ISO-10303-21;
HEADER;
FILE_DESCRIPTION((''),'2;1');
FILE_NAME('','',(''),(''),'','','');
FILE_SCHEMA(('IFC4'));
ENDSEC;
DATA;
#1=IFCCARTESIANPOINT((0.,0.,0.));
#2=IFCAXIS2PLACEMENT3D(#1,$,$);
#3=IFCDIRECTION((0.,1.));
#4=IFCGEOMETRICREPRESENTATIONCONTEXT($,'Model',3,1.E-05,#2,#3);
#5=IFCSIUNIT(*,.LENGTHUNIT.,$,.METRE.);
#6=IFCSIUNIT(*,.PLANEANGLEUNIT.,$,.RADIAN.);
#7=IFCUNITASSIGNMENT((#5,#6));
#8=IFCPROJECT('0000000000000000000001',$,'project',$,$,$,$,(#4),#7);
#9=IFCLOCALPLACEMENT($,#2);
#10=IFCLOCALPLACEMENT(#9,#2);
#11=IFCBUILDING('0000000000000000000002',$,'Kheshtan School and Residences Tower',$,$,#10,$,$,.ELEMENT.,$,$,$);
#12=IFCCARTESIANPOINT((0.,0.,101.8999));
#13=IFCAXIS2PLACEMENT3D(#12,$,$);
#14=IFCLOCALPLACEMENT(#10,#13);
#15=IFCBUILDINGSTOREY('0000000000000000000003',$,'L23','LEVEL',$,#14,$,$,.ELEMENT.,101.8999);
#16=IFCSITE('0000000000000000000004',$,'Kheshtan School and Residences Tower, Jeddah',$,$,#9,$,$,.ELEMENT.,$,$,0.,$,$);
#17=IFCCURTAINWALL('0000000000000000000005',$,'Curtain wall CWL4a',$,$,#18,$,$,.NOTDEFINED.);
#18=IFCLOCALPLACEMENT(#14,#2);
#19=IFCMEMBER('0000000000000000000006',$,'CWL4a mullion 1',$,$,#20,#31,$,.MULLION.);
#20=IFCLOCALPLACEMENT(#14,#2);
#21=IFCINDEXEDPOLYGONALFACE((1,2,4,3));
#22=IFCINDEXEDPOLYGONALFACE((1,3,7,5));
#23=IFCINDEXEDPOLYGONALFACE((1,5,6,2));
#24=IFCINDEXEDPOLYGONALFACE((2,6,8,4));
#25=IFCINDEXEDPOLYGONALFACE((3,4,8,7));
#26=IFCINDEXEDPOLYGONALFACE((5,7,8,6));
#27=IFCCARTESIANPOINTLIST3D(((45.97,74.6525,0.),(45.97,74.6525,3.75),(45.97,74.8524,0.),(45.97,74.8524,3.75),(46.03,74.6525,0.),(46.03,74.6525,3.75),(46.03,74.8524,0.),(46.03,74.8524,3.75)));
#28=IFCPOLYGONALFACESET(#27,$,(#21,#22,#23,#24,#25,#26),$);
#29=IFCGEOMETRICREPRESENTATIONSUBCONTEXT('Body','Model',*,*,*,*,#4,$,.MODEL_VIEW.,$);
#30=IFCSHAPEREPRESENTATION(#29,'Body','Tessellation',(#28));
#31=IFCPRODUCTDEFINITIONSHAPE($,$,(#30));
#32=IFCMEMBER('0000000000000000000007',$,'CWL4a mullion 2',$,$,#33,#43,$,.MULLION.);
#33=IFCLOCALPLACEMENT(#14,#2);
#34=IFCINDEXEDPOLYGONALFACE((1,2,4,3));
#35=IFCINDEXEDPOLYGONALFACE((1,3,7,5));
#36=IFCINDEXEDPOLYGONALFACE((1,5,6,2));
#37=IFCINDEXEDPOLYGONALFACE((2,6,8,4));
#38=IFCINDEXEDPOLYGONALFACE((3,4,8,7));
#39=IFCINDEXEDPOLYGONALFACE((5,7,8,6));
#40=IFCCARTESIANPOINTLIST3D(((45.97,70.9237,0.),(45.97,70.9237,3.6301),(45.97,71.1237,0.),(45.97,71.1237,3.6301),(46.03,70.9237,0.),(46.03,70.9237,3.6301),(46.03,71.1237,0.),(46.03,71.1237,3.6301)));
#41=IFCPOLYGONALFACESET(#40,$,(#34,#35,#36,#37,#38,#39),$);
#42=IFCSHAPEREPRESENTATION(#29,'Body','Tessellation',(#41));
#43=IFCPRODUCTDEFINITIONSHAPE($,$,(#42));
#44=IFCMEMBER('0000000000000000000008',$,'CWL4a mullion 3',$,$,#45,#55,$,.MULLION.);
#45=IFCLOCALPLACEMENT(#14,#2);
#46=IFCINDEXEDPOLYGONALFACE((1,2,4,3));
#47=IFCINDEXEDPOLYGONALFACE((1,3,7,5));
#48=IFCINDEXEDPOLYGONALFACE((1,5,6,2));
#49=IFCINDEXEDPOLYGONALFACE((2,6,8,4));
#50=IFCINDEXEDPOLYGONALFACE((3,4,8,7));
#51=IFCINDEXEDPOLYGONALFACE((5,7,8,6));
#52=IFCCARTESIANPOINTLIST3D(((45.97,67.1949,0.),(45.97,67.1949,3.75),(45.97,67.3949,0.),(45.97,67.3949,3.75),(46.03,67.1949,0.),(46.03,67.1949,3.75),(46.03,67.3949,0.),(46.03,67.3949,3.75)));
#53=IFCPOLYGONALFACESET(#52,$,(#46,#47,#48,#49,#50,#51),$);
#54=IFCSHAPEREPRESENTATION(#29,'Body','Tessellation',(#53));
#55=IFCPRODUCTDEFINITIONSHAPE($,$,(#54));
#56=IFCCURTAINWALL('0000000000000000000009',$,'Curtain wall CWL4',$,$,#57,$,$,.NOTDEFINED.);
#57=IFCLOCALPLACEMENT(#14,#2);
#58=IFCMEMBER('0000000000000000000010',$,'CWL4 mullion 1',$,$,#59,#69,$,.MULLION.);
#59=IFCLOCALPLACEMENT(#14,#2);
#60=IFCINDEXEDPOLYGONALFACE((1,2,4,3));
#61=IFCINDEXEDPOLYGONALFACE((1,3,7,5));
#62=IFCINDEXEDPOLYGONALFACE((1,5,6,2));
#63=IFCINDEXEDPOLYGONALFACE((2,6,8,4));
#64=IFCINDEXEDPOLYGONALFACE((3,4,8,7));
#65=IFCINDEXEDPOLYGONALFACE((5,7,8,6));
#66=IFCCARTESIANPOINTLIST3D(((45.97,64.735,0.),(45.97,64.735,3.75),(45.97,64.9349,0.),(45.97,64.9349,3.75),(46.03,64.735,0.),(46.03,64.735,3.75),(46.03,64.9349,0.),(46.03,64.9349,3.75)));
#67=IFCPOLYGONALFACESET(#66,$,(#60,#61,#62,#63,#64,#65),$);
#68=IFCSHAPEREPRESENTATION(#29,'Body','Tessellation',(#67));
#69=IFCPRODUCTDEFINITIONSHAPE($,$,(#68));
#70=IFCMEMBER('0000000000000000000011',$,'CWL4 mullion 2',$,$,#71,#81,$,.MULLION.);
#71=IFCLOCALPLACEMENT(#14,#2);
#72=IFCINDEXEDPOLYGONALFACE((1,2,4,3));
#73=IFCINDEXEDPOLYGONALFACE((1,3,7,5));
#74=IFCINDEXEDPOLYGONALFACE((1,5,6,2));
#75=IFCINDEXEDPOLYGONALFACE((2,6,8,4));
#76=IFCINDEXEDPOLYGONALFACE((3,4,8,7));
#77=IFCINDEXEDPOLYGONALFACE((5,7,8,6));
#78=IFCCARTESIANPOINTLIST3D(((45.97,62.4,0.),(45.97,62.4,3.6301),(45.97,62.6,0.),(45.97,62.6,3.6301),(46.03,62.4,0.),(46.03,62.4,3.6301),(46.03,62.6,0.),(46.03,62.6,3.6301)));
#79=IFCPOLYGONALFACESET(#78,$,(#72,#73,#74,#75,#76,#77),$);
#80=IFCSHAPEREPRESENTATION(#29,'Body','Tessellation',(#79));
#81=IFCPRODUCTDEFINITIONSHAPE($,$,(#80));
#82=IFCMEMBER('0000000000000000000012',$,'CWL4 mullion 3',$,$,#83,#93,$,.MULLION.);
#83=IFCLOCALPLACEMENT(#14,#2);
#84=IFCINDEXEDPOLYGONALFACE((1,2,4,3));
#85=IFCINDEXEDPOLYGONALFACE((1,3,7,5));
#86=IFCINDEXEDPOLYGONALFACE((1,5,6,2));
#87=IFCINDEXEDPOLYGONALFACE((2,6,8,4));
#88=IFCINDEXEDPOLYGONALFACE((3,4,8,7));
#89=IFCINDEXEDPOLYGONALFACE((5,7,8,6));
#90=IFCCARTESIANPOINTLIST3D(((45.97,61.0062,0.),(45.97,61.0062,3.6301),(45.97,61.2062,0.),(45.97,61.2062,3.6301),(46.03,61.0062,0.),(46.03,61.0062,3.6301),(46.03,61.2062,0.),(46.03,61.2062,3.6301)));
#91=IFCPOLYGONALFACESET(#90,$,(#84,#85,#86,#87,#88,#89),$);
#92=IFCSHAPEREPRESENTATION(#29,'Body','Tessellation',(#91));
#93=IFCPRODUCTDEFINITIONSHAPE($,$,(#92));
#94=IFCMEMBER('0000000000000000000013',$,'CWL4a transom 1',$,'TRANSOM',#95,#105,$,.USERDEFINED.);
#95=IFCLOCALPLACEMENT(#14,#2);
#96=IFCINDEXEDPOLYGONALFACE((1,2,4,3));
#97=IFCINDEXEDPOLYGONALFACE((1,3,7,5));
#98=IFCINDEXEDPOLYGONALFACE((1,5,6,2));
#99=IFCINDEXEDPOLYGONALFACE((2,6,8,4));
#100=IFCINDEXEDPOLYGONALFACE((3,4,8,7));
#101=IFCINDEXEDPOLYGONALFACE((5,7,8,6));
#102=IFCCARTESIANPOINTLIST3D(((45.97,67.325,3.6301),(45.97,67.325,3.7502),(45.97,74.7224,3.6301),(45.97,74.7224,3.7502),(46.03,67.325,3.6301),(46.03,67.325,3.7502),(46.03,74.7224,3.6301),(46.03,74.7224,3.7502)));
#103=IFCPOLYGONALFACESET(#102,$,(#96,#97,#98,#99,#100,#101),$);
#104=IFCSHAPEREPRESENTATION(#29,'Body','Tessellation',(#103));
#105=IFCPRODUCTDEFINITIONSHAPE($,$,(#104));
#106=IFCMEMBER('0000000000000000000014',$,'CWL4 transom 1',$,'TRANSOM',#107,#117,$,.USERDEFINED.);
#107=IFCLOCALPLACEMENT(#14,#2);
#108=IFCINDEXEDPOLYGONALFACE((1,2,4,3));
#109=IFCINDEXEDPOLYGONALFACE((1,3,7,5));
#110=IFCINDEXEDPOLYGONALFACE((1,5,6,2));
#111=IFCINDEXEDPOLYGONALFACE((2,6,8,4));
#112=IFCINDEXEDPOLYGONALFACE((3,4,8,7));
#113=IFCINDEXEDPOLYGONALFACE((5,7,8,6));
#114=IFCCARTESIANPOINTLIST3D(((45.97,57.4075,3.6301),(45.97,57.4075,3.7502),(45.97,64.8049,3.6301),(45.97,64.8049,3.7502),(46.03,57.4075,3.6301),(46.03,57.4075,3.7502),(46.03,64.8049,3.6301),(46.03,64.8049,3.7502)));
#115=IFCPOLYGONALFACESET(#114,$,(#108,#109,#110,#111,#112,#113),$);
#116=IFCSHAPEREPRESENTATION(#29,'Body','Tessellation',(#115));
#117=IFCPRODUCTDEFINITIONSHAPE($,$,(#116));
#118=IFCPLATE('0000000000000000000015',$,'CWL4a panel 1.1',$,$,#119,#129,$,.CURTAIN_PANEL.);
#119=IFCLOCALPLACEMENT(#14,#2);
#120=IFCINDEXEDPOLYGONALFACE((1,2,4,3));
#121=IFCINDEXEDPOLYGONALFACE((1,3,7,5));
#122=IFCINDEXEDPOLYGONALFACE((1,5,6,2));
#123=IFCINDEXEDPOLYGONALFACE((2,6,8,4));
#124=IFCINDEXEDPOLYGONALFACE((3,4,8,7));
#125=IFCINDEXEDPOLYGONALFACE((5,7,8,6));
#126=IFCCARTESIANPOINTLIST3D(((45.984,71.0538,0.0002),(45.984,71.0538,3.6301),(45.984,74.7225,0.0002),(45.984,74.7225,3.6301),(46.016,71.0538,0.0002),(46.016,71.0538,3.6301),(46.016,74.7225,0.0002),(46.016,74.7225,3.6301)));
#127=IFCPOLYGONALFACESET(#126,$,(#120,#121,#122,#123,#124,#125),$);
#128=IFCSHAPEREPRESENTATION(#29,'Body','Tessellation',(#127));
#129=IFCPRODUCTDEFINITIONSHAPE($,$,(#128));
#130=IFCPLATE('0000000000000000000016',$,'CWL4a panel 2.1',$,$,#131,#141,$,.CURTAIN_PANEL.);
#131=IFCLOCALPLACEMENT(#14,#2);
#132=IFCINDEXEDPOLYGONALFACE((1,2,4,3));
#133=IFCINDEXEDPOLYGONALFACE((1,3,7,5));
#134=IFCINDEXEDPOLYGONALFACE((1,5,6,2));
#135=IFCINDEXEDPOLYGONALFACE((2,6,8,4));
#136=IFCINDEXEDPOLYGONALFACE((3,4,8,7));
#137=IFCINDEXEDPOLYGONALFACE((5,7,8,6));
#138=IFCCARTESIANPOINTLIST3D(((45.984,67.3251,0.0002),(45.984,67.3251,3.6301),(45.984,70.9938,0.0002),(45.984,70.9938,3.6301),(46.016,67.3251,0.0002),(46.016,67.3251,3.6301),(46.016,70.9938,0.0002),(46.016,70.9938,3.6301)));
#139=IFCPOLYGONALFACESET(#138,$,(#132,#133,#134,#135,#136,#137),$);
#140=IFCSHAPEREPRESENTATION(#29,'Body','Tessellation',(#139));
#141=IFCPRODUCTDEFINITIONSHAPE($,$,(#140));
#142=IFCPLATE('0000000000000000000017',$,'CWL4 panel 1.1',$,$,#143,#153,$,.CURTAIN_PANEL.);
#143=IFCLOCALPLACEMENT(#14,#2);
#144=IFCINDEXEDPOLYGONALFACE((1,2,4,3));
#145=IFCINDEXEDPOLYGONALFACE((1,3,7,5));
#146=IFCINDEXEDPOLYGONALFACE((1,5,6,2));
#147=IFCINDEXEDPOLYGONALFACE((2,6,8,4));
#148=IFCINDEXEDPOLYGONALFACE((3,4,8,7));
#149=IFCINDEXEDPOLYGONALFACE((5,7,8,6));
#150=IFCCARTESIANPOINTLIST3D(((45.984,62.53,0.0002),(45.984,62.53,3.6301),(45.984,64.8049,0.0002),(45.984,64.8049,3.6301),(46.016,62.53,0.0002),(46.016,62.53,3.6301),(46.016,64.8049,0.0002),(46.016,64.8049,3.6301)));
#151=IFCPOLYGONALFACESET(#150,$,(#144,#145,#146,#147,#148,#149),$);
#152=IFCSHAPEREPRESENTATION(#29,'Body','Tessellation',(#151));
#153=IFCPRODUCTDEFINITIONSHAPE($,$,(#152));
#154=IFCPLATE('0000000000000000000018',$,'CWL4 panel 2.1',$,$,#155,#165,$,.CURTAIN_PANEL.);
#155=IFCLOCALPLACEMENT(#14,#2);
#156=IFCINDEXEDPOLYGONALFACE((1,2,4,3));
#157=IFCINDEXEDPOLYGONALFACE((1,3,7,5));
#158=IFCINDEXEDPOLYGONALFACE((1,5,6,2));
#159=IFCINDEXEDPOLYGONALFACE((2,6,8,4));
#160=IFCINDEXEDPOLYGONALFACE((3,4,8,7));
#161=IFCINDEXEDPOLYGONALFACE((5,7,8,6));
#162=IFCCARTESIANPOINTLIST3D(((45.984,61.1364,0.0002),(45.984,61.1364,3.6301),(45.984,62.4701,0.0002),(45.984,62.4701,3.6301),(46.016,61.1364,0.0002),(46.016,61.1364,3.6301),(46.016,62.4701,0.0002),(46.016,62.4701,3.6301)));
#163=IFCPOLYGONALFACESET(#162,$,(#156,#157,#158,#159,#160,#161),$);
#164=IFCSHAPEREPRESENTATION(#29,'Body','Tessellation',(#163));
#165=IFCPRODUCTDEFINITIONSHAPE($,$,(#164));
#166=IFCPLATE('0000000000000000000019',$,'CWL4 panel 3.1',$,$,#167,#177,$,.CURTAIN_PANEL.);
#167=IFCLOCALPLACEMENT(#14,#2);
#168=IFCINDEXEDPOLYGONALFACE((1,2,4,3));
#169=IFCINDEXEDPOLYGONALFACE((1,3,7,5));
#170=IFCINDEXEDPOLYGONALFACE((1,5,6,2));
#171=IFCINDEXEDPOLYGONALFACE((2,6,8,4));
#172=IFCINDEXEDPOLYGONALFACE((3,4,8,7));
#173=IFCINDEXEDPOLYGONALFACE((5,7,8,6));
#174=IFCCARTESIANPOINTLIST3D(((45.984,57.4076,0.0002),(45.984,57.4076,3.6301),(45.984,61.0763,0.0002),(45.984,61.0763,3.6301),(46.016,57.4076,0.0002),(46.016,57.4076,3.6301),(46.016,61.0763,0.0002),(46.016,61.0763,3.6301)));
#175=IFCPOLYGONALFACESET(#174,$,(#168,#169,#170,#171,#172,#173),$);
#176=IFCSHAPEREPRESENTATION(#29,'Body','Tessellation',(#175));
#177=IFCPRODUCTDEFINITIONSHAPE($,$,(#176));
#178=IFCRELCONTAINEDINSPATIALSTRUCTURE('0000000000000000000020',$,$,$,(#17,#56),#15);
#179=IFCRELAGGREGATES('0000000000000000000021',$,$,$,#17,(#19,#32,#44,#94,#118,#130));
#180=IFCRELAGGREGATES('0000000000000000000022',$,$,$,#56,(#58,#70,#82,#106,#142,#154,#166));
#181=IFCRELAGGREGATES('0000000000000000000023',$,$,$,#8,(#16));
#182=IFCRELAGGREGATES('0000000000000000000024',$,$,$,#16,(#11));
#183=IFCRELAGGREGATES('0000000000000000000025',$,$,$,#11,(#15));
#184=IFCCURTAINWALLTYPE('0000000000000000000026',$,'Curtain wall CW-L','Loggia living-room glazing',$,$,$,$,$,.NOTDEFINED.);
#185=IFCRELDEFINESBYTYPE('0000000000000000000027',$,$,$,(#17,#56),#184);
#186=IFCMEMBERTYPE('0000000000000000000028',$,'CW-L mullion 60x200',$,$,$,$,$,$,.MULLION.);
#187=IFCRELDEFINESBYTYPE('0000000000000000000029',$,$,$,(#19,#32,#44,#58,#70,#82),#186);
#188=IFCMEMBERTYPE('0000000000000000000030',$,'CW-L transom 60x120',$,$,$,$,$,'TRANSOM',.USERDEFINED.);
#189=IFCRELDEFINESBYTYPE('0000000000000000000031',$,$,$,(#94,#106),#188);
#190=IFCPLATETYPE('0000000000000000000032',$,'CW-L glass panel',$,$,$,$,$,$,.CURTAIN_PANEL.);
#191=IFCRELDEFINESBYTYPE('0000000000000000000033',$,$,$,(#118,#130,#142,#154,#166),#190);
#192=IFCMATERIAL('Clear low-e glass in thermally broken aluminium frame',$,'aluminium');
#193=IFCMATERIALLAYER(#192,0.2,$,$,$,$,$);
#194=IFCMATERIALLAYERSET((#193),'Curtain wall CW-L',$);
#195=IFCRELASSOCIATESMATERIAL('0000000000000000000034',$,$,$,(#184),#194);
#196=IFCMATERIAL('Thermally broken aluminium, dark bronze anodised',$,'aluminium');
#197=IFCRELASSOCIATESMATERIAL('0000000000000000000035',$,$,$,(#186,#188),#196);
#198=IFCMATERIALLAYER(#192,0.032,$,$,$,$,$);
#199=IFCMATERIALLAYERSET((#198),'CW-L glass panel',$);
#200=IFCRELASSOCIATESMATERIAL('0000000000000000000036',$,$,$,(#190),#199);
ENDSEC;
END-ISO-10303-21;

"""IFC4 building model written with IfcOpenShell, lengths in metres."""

from ifc_helpers import new_model, si_unit, direction, frame, origin, origin_2d, place, context, subcontext, project, spatial, rectangle, extrude, material, layer, layer_set, material_profile, profile_set, type_object, element, aggregate, save


model = new_model("IFC4")

# Units and contexts
model_context = context("Model", 3, precision=1e-05, world=origin(), true_north=direction((0.0, 1.0)))
body_context = subcontext(model_context, "Body", "Model", "MODEL_VIEW")
ifc_project = project(units=[si_unit("LENGTHUNIT", "METRE"), si_unit("PLANEANGLEUNIT", "RADIAN")], contexts=[model_context])

# Site, building, storey
site_placement = place(None, origin())
site = spatial("IfcSite", under=ifc_project, at=site_placement, Name="Kheshtan School and Residences Tower, Jeddah", CompositionType="ELEMENT", RefElevation=0.0)
building_placement = place(site_placement, origin())
building = spatial("IfcBuilding", under=site, at=building_placement, Name="Kheshtan School and Residences Tower", CompositionType="ELEMENT")
storey_placement = place(building_placement, frame((0.0, 0.0, 101.8999)))
storey = spatial("IfcBuildingStorey", under=building, at=storey_placement, Name="L23", Description="LEVEL", CompositionType="ELEMENT", Elevation=101.8999)

# Curtain walls, members
ifc_material_1 = material(Name="Clear low-e glass in thermally broken aluminium frame", Category="aluminium")
ifc_layer_1 = layer(ifc_material_1, 0.2)
ifc_layer_set_1 = layer_set([ifc_layer_1], Name="Curtain wall CW-L")
curtain_wall_type = type_object("IfcCurtainWallType", Name="Curtain wall CW-L", Description="Loggia living-room glazing", PredefinedType="NOTDEFINED", material=ifc_layer_set_1)
curtain_wall_1_placement = place(storey_placement, origin())
curtain_wall_1 = element("IfcCurtainWall", 1, at=curtain_wall_1_placement, inside=storey, type_object=curtain_wall_type, Name="Curtain wall CWL4a", PredefinedType="NOTDEFINED")
ifc_material_2 = material(Name="Thermally broken aluminium, dark bronze anodised", Category="aluminium")
ifc_material_profile_1 = material_profile(ifc_material_2, rectangle(XDim=0.0601, YDim=0.2, at=origin_2d()), Name="CW-L mullion 60x200")
ifc_profile_set_1 = profile_set([ifc_material_profile_1], Name="Thermally broken aluminium, dark bronze anodised")
member_type_1 = type_object("IfcMemberType", Name="CW-L mullion 60x200", PredefinedType="MULLION", material=ifc_profile_set_1)
member_1_placement = place(storey_placement, frame((46.0, 74.7524, 0.0), z_axis=(0.0, 0.0, 1.0), x_axis=(1.0, 0.0, 0.0)))
member_1 = element("IfcMember", 2, at=member_1_placement, type_object=member_type_1, Name="CWL4a mullion 1", PredefinedType="MULLION", context=body_context, shape_type="SweptSolid", body=[
    extrude(rectangle(XDim=0.0601, YDim=0.2, at=origin_2d()), origin(), (0.0, 0.0, 1.0), 3.75),
])
member_2_placement = place(storey_placement, frame((46.0, 71.0237, 0.0), z_axis=(0.0, 0.0, 1.0), x_axis=(1.0, 0.0, 0.0)))
member_2 = element("IfcMember", 3, at=member_2_placement, type_object=member_type_1, Name="CWL4a mullion 2", PredefinedType="MULLION", context=body_context, shape_type="SweptSolid", body=[
    extrude(rectangle(XDim=0.0601, YDim=0.2, at=origin_2d()), origin(), (0.0, 0.0, 1.0), 3.6301),
])
member_3_placement = place(storey_placement, frame((46.0, 67.2949, 0.0), z_axis=(0.0, 0.0, 1.0), x_axis=(1.0, 0.0, 0.0)))
member_3 = element("IfcMember", 4, at=member_3_placement, type_object=member_type_1, Name="CWL4a mullion 3", PredefinedType="MULLION", context=body_context, shape_type="SweptSolid", body=[
    extrude(rectangle(XDim=0.0601, YDim=0.2, at=origin_2d()), origin(), (0.0, 0.0, 1.0), 3.75),
])
curtain_wall_2_placement = place(storey_placement, origin())
curtain_wall_2 = element("IfcCurtainWall", 5, at=curtain_wall_2_placement, inside=storey, type_object=curtain_wall_type, Name="Curtain wall CWL4", PredefinedType="NOTDEFINED")
member_4_placement = place(storey_placement, frame((46.0, 64.835, 0.0), z_axis=(0.0, 0.0, 1.0), x_axis=(1.0, 0.0, 0.0)))
member_4 = element("IfcMember", 6, at=member_4_placement, type_object=member_type_1, Name="CWL4 mullion 1", PredefinedType="MULLION", context=body_context, shape_type="SweptSolid", body=[
    extrude(rectangle(XDim=0.0601, YDim=0.2, at=origin_2d()), origin(), (0.0, 0.0, 1.0), 3.75),
])
member_5_placement = place(storey_placement, frame((46.0, 62.5, 0.0), z_axis=(0.0, 0.0, 1.0), x_axis=(1.0, 0.0, 0.0)))
member_5 = element("IfcMember", 7, at=member_5_placement, type_object=member_type_1, Name="CWL4 mullion 2", PredefinedType="MULLION", context=body_context, shape_type="SweptSolid", body=[
    extrude(rectangle(XDim=0.0601, YDim=0.2, at=origin_2d()), origin(), (0.0, 0.0, 1.0), 3.6301),
])
member_6_placement = place(storey_placement, frame((46.0, 61.1062, 0.0), z_axis=(0.0, 0.0, 1.0), x_axis=(1.0, 0.0, 0.0)))
member_6 = element("IfcMember", 8, at=member_6_placement, type_object=member_type_1, Name="CWL4 mullion 3", PredefinedType="MULLION", context=body_context, shape_type="SweptSolid", body=[
    extrude(rectangle(XDim=0.0601, YDim=0.2, at=origin_2d()), origin(), (0.0, 0.0, 1.0), 3.6301),
])

# Members
ifc_material_profile_2 = material_profile(ifc_material_2, rectangle(XDim=0.0601, YDim=0.1201, at=origin_2d()), Name="CW-L transom 60x120")
ifc_profile_set_2 = profile_set([ifc_material_profile_2], Name="Thermally broken aluminium, dark bronze anodised")
member_type_2 = type_object("IfcMemberType", Name="CW-L transom 60x120", ElementType="TRANSOM", PredefinedType="USERDEFINED", material=ifc_profile_set_2)
member_7_placement = place(storey_placement, frame((46.0, 74.7224, 3.6902), z_axis=(0.0, -1.0, 0.0), x_axis=(1.0, 0.0, 0.0)))
member_7 = element("IfcMember", 9, at=member_7_placement, type_object=member_type_2, Name="CWL4a transom 1", ObjectType="TRANSOM", PredefinedType="USERDEFINED", context=body_context, shape_type="SweptSolid", body=[
    extrude(rectangle(XDim=0.0601, YDim=0.1201, at=origin_2d()), origin(), (0.0, 0.0, 1.0), 7.3975),
])
member_8_placement = place(storey_placement, frame((46.0, 64.8049, 3.6902), z_axis=(0.0, -1.0, 0.0), x_axis=(1.0, 0.0, 0.0)))
member_8 = element("IfcMember", 10, at=member_8_placement, type_object=member_type_2, Name="CWL4 transom 1", ObjectType="TRANSOM", PredefinedType="USERDEFINED", context=body_context, shape_type="SweptSolid", body=[
    extrude(rectangle(XDim=0.0601, YDim=0.1201, at=origin_2d()), origin(), (0.0, 0.0, 1.0), 7.3975),
])

# Plates
ifc_layer_2 = layer(ifc_material_1, 0.032)
ifc_layer_set_2 = layer_set([ifc_layer_2], Name="CW-L glass panel")
plate_type = type_object("IfcPlateType", Name="CW-L glass panel", PredefinedType="CURTAIN_PANEL", material=ifc_layer_set_2)
plate_1_placement = place(storey_placement, frame((46.0, 72.8882, 0.0002), z_axis=(0.0, 0.0, 1.0), x_axis=(0.0, -1.0, 0.0)))
plate_1 = element("IfcPlate", 11, at=plate_1_placement, type_object=plate_type, Name="CWL4a panel 1.1", PredefinedType="CURTAIN_PANEL", context=body_context, shape_type="SweptSolid", body=[
    extrude(rectangle(XDim=3.6687, YDim=0.032, at=origin_2d()), origin(), (0.0, 0.0, 1.0), 3.6299),
])
plate_2_placement = place(storey_placement, frame((46.0, 69.1594, 0.0002), z_axis=(0.0, 0.0, 1.0), x_axis=(0.0, -1.0, 0.0)))
plate_2 = element("IfcPlate", 12, at=plate_2_placement, type_object=plate_type, Name="CWL4a panel 2.1", PredefinedType="CURTAIN_PANEL", context=body_context, shape_type="SweptSolid", body=[
    extrude(rectangle(XDim=3.6687, YDim=0.032, at=origin_2d()), origin(), (0.0, 0.0, 1.0), 3.6299),
])
aggregate(curtain_wall_1, [member_1, member_2, member_3, member_7, plate_1, plate_2])
plate_3_placement = place(storey_placement, frame((46.0, 63.6675, 0.0002), z_axis=(0.0, 0.0, 1.0), x_axis=(0.0, -1.0, 0.0)))
plate_3 = element("IfcPlate", 13, at=plate_3_placement, type_object=plate_type, Name="CWL4 panel 1.1", PredefinedType="CURTAIN_PANEL", context=body_context, shape_type="SweptSolid", body=[
    extrude(rectangle(XDim=2.2749, YDim=0.032, at=origin_2d()), origin(), (0.0, 0.0, 1.0), 3.6299),
])
plate_4_placement = place(storey_placement, frame((46.0, 61.8032, 0.0002), z_axis=(0.0, 0.0, 1.0), x_axis=(0.0, -1.0, 0.0)))
plate_4 = element("IfcPlate", 14, at=plate_4_placement, type_object=plate_type, Name="CWL4 panel 2.1", PredefinedType="CURTAIN_PANEL", context=body_context, shape_type="SweptSolid", body=[
    extrude(rectangle(XDim=1.3337, YDim=0.032, at=origin_2d()), origin(), (0.0, 0.0, 1.0), 3.6299),
])
plate_5_placement = place(storey_placement, frame((46.0, 59.2419, 0.0002), z_axis=(0.0, 0.0, 1.0), x_axis=(0.0, -1.0, 0.0)))
plate_5 = element("IfcPlate", 15, at=plate_5_placement, type_object=plate_type, Name="CWL4 panel 3.1", PredefinedType="CURTAIN_PANEL", context=body_context, shape_type="SweptSolid", body=[
    extrude(rectangle(XDim=3.6687, YDim=0.032, at=origin_2d()), origin(), (0.0, 0.0, 1.0), 3.6299),
])
aggregate(curtain_wall_2, [member_4, member_5, member_6, member_8, plate_3, plate_4, plate_5])

save(model, "model.ifc")
